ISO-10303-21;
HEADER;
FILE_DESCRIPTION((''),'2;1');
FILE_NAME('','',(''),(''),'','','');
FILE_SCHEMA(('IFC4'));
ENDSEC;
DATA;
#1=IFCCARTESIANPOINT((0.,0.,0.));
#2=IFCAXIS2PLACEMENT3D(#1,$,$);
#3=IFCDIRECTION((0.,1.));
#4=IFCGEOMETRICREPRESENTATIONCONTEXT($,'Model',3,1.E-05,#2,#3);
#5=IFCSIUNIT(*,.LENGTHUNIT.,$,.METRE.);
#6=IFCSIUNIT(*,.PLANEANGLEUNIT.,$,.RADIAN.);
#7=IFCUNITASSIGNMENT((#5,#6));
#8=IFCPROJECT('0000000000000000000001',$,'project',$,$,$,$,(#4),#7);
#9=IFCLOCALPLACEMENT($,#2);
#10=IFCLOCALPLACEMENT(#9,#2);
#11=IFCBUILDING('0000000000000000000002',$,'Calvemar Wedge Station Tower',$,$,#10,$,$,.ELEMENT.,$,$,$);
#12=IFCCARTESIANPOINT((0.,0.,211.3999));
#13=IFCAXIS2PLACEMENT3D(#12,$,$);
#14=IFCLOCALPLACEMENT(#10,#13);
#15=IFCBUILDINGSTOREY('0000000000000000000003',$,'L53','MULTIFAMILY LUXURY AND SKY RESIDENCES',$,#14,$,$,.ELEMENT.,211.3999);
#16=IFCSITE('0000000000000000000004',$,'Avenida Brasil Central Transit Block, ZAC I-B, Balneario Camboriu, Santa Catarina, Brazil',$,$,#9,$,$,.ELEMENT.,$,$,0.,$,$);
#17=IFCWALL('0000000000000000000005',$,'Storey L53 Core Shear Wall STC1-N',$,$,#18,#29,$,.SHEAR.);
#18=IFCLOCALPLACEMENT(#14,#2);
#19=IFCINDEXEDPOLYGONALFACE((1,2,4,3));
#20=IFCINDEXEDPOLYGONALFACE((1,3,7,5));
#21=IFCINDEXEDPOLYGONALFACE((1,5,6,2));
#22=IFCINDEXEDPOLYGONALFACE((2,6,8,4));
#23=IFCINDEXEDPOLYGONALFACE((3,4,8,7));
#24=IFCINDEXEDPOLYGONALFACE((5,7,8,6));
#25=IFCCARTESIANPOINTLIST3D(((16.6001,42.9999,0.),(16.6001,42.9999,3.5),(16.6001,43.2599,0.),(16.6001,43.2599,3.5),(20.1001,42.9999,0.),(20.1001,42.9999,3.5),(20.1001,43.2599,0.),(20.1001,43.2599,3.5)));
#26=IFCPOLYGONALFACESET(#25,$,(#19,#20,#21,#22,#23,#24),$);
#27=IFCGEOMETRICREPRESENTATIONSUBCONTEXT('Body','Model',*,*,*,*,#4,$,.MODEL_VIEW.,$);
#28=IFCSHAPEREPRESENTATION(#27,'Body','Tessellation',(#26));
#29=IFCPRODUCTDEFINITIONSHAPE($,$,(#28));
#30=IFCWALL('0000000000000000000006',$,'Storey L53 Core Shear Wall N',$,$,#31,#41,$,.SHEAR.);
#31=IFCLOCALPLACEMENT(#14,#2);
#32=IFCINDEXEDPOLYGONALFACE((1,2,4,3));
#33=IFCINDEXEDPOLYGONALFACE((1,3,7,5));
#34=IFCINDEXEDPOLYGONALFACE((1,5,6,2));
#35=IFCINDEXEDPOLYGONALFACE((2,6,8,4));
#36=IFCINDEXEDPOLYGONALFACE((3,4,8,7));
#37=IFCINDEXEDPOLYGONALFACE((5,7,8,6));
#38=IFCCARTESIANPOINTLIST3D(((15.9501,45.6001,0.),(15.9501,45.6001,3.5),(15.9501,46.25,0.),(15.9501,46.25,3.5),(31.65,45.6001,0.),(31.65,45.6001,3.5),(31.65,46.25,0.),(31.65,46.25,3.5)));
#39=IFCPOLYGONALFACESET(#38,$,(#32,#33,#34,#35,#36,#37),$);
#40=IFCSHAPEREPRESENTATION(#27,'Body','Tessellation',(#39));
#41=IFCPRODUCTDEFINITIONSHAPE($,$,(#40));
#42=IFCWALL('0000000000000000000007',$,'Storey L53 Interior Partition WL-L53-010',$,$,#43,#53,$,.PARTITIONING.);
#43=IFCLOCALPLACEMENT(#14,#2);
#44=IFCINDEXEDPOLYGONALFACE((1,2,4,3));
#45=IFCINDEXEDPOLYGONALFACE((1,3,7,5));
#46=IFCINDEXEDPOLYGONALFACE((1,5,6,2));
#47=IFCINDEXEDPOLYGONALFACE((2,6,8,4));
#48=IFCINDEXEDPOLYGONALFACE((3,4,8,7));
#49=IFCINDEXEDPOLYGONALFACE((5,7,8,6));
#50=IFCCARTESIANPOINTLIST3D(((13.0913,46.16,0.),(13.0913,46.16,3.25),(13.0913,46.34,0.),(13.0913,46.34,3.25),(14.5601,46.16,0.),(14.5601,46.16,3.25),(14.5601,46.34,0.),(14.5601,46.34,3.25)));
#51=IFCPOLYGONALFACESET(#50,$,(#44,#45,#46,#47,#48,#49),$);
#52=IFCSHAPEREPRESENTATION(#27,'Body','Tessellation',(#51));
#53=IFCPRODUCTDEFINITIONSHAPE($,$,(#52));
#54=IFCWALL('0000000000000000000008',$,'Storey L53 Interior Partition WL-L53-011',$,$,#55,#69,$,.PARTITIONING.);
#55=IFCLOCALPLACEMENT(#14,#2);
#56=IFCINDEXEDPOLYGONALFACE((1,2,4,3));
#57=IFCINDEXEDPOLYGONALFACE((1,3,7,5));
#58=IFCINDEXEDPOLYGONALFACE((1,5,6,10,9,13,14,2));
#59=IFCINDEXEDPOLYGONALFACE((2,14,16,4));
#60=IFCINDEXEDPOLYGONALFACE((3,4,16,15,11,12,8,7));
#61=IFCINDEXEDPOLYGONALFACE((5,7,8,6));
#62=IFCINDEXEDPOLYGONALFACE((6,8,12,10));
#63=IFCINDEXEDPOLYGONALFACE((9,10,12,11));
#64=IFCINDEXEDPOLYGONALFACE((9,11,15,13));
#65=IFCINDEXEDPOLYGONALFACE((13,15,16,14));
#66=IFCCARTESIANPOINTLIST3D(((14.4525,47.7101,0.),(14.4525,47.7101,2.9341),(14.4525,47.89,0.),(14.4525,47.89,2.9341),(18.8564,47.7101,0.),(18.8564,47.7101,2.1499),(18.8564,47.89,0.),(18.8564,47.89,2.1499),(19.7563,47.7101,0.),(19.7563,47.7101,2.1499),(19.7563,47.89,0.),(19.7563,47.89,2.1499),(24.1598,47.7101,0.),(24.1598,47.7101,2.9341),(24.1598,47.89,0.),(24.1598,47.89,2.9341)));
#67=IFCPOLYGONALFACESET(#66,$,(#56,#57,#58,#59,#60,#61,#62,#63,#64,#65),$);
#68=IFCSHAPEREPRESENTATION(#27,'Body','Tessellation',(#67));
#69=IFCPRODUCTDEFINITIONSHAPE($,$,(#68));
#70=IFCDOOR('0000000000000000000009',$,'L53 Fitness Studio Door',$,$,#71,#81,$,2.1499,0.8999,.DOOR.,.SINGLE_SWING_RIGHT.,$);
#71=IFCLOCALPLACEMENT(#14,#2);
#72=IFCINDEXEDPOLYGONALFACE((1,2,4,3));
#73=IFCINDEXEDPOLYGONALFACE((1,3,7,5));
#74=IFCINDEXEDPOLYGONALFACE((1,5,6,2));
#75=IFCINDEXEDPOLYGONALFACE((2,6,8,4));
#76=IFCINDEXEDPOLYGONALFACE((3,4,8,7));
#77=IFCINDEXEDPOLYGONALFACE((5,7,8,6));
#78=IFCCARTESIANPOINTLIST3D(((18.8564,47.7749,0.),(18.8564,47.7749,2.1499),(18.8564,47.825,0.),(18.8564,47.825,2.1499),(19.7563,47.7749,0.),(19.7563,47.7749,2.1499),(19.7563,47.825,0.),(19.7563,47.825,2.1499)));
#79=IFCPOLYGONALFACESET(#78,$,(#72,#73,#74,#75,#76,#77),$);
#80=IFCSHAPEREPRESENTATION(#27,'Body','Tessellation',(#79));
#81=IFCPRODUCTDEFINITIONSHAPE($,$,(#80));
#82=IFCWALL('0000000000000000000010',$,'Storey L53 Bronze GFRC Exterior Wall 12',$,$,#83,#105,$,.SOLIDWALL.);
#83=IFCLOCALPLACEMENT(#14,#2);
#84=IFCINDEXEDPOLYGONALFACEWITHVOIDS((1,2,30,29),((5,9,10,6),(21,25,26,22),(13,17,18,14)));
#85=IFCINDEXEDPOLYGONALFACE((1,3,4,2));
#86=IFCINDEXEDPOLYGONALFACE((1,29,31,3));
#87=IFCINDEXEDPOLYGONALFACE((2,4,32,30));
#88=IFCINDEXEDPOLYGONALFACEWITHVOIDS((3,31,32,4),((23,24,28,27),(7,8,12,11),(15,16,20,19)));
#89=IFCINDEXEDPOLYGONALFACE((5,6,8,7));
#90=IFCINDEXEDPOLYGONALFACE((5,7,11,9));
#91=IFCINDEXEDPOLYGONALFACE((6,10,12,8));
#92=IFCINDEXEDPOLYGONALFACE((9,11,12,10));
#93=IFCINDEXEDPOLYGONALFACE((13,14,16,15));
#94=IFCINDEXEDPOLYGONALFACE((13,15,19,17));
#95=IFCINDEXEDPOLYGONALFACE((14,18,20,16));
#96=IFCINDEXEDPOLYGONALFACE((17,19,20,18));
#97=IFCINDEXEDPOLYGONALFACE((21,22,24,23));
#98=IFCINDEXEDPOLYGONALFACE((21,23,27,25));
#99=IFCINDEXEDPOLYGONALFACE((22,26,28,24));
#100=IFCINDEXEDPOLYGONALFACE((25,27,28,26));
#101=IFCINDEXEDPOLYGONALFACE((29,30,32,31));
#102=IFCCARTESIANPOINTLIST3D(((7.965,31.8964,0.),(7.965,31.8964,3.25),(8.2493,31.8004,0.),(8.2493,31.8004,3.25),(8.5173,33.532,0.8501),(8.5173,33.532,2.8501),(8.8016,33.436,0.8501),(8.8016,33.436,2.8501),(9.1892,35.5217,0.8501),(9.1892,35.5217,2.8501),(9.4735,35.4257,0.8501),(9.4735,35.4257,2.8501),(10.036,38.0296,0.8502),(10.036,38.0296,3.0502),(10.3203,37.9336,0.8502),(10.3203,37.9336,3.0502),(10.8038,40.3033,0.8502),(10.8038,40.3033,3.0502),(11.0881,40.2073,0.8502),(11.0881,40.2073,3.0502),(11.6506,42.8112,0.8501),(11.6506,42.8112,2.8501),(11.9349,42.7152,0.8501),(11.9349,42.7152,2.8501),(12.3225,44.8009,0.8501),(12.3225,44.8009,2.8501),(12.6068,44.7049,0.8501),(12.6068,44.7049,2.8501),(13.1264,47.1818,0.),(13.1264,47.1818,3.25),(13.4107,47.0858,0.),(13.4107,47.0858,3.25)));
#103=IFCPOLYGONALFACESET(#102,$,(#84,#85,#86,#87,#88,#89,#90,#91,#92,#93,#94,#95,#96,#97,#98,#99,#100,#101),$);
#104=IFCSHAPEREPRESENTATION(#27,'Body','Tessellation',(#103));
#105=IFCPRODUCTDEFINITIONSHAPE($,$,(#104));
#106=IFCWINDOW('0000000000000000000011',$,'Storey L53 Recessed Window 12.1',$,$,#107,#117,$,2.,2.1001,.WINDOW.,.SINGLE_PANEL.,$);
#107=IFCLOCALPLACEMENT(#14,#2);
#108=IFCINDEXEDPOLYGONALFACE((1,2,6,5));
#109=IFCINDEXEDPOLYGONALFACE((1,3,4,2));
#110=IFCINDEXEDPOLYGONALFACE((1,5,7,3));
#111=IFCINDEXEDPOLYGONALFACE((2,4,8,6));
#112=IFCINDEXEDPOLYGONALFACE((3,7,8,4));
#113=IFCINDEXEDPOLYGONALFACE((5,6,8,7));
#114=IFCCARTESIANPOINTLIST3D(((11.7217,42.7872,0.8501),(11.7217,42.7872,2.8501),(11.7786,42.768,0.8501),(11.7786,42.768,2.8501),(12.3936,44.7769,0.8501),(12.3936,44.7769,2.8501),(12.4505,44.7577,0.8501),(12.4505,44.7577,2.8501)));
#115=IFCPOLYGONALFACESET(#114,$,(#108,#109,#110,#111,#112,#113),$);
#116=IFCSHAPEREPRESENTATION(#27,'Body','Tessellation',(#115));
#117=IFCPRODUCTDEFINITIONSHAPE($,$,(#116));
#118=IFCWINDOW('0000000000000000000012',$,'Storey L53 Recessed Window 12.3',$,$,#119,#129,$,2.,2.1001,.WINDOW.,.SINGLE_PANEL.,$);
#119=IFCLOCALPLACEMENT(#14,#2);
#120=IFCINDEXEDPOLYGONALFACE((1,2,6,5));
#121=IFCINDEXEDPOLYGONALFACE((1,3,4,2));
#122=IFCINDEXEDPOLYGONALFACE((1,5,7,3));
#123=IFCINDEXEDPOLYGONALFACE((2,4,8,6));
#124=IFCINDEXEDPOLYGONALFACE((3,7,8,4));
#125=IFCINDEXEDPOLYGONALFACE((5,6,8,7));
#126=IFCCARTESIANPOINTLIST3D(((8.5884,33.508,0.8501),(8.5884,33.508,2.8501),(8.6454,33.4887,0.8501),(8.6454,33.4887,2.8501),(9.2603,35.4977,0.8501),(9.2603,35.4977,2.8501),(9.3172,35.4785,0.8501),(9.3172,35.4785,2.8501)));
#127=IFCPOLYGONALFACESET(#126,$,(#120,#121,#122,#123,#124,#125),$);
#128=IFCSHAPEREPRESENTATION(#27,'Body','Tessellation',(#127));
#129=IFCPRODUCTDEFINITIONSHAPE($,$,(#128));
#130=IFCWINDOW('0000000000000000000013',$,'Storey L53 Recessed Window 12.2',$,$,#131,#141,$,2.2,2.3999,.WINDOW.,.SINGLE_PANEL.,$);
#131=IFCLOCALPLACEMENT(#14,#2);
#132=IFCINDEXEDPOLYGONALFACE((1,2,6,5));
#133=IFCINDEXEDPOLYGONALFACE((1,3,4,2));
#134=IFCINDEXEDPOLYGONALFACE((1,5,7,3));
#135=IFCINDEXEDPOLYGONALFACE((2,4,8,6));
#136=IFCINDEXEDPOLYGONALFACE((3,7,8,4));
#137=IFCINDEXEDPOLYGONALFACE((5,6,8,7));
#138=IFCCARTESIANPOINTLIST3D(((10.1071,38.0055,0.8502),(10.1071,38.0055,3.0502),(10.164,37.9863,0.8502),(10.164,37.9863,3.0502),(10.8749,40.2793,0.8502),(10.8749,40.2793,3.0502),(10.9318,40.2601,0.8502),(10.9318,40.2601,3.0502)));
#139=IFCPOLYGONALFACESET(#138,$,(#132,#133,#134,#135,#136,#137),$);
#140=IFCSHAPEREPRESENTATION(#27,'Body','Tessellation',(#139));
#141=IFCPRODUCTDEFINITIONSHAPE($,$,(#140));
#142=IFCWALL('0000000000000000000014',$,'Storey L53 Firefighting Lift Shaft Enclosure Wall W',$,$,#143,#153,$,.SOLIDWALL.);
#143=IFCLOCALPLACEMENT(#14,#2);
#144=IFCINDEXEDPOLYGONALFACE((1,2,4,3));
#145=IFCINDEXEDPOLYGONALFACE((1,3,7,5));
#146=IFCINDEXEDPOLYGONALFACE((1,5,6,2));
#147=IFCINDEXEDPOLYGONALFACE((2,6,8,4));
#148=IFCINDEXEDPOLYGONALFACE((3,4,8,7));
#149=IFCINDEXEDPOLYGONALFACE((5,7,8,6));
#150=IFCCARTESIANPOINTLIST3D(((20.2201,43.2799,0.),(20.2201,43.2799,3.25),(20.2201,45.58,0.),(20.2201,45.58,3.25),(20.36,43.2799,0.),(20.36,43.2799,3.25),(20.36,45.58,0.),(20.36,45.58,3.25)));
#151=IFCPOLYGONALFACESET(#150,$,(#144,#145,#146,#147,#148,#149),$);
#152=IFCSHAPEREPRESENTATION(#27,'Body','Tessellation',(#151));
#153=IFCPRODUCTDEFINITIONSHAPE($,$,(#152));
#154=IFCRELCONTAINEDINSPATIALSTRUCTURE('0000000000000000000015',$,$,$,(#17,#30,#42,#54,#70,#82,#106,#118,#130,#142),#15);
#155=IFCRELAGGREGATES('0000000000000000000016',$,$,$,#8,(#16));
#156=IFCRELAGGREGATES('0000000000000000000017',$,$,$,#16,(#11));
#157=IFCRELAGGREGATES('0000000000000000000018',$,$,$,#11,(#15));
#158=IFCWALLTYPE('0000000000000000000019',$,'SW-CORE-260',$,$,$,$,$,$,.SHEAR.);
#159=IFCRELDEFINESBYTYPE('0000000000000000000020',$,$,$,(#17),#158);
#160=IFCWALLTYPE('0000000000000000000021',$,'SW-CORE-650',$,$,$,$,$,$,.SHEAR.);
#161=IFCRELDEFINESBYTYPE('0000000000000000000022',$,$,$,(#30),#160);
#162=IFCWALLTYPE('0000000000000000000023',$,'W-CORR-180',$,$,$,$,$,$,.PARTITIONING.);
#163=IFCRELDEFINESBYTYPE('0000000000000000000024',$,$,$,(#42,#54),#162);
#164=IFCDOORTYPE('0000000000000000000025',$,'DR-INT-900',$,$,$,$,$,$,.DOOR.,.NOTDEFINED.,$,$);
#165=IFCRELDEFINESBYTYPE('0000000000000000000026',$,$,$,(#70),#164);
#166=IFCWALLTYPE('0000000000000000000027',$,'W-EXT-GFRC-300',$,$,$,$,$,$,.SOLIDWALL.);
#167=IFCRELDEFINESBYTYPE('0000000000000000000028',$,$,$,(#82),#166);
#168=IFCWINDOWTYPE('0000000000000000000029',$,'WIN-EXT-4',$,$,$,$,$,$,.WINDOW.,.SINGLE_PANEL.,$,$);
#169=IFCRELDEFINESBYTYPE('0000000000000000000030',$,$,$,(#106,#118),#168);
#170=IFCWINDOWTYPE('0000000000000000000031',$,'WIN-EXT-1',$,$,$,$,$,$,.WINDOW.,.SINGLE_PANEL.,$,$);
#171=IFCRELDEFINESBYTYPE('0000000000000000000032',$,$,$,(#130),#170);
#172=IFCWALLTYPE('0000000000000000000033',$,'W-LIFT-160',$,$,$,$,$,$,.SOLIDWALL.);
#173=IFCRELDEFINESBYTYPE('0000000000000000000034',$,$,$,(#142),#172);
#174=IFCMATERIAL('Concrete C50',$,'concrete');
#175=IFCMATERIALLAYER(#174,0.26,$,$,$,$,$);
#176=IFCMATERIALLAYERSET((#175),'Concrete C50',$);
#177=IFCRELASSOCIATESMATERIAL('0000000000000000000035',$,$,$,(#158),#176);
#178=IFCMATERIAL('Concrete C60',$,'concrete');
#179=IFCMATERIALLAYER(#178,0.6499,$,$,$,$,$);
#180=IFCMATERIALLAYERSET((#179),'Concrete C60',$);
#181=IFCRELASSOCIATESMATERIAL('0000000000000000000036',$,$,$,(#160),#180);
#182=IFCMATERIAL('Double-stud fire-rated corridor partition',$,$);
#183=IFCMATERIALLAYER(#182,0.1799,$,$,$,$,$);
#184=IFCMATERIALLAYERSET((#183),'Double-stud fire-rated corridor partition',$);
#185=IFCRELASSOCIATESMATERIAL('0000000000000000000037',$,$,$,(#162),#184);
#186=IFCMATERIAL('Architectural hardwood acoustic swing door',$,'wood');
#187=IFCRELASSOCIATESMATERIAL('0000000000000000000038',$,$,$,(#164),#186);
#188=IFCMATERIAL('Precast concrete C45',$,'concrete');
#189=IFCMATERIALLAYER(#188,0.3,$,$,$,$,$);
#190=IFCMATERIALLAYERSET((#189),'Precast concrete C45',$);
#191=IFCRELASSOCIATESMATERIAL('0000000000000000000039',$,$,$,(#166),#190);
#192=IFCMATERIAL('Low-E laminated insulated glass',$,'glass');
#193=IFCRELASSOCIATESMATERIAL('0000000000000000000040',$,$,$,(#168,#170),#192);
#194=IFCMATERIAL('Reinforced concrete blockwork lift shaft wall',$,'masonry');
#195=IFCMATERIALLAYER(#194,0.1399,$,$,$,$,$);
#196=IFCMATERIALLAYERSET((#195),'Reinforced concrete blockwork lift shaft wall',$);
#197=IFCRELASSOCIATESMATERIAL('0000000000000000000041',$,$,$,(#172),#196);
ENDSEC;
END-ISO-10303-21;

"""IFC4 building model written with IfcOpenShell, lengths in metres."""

from ifc_helpers import new_model, si_unit, direction, frame, frame_2d, origin, place, context, subcontext, project, spatial, rectangle, extrude, source, transform, mapped, material, layer, layer_set, type_object, element, fill, save


model = new_model("IFC4")

# Units and contexts
model_context = context("Model", 3, precision=1e-05, world=origin(), true_north=direction((0.0, 1.0)))
body_context = subcontext(model_context, "Body", "Model", "MODEL_VIEW")
ifc_project = project(units=[si_unit("LENGTHUNIT", "METRE"), si_unit("PLANEANGLEUNIT", "RADIAN")], contexts=[model_context])

# Site, building, storey
site_placement = place(None, origin())
site = spatial("IfcSite", under=ifc_project, at=site_placement, Name="Avenida Brasil Central Transit Block, ZAC I-B, Balneario Camboriu, Santa Catarina, Brazil", CompositionType="ELEMENT", RefElevation=0.0)
building_placement = place(site_placement, origin())
building = spatial("IfcBuilding", under=site, at=building_placement, Name="Calvemar Wedge Station Tower", CompositionType="ELEMENT")
storey_placement = place(building_placement, frame((0.0, 0.0, 211.3999)))
storey = spatial("IfcBuildingStorey", under=building, at=storey_placement, Name="L53", Description="MULTIFAMILY LUXURY AND SKY RESIDENCES", CompositionType="ELEMENT", Elevation=211.3999)

# Walls
ifc_material_1 = material(Name="Concrete C50", Category="concrete")
ifc_layer_1 = layer(ifc_material_1, 0.26)
ifc_layer_set_1 = layer_set([ifc_layer_1], Name="Concrete C50")
wall_type_1 = type_object("IfcWallType", Name="SW-CORE-260", PredefinedType="SHEAR", material=ifc_layer_set_1)
wall_1_placement = place(storey_placement, frame((16.6001, 43.1299, 0.0), z_axis=(0.0, 0.0, 1.0), x_axis=(1.0, 0.0, 0.0)))
element("IfcWall", 1, at=wall_1_placement, inside=storey, type_object=wall_type_1, Name="Storey L53 Core Shear Wall STC1-N", PredefinedType="SHEAR", context=body_context, shape_type="SweptSolid", body=[
    extrude(rectangle(XDim=3.5, YDim=0.26, at=frame_2d((1.75, 0.0))), origin(), (0.0, 0.0, 1.0), 3.5),
])
ifc_material_2 = material(Name="Concrete C60", Category="concrete")
ifc_layer_2 = layer(ifc_material_2, 0.6499)
ifc_layer_set_2 = layer_set([ifc_layer_2], Name="Concrete C60")
wall_type_2 = type_object("IfcWallType", Name="SW-CORE-650", PredefinedType="SHEAR", material=ifc_layer_set_2)
wall_2_placement = place(storey_placement, frame((15.95, 45.925, 0.0), z_axis=(0.0, 0.0, 1.0), x_axis=(1.0, 0.0, 0.0)))
element("IfcWall", 2, at=wall_2_placement, inside=storey, type_object=wall_type_2, Name="Storey L53 Core Shear Wall N", PredefinedType="SHEAR", context=body_context, shape_type="SweptSolid", body=[
    extrude(rectangle(XDim=15.7, YDim=0.6499, at=frame_2d((7.8501, 0.0))), origin(), (0.0, 0.0, 1.0), 3.5),
])
ifc_material_3 = material(Name="Double-stud fire-rated corridor partition")
ifc_layer_3 = layer(ifc_material_3, 0.1799)
ifc_layer_set_3 = layer_set([ifc_layer_3], Name="Double-stud fire-rated corridor partition")
wall_type_3 = type_object("IfcWallType", Name="W-CORR-180", PredefinedType="PARTITIONING", material=ifc_layer_set_3)
wall_3_placement = place(storey_placement, frame((14.5601, 46.25, 0.0), z_axis=(0.0, 0.0, 1.0), x_axis=(-1.0, 0.0, 0.0)))
element("IfcWall", 3, at=wall_3_placement, inside=storey, type_object=wall_type_3, Name="Storey L53 Interior Partition WL-L53-010", PredefinedType="PARTITIONING", context=body_context, shape_type="SweptSolid", body=[
    extrude(rectangle(XDim=1.4688, YDim=0.1799, at=frame_2d((0.7344, 0.0))), origin(), (0.0, 0.0, 1.0), 3.25),
])

# Wall, opening, door
wall_4_placement = place(storey_placement, frame((14.4526, 47.8, 0.0), z_axis=(0.0, 0.0, 1.0), x_axis=(1.0, 0.0, 0.0)))
wall_4 = element("IfcWall", 4, at=wall_4_placement, inside=storey, type_object=wall_type_3, Name="Storey L53 Interior Partition WL-L53-011", PredefinedType="PARTITIONING", context=body_context, shape_type="SweptSolid", body=[
    extrude(rectangle(XDim=9.7073, YDim=0.1799, at=frame_2d((4.8535, 0.0))), origin(), (0.0, 0.0, 1.0), 2.9341),
])
shared_shape_1 = source(origin(), body_context, "Body", "SweptSolid", [
    extrude(rectangle(XDim=0.8999, YDim=2.1499, at=frame_2d((0.45, 1.075))), frame((0.0, 0.1001, 0.0), z_axis=(0.0, -1.0, 0.0), x_axis=(1.0, 0.0, 0.0)), (0.0, 0.0, 1.0), 0.2),
])
opening_1_placement = place(wall_4_placement, frame((4.4038, 0.0, 0.0)))
opening_1 = element("IfcOpeningElement", 5, at=opening_1_placement, cuts=wall_4, PredefinedType="OPENING", context=body_context, shape_type="MappedRepresentation", body=[
    mapped(shared_shape_1, transform((0.0, 0.0, 0.0), scale=1.0)),
])
ifc_material_4 = material(Name="Architectural hardwood acoustic swing door", Category="wood")
door_type_1 = type_object("IfcDoorType", Name="DR-INT-900", OperationType="NOTDEFINED", PredefinedType="DOOR", material=ifc_material_4)
shared_shape_2 = source(origin(), body_context, "Body", "SweptSolid", [
    extrude(rectangle(XDim=0.8999, YDim=2.1499, at=frame_2d((0.45, 1.075))), frame((0.0, 0.0249, 0.0), z_axis=(0.0, -1.0, 0.0), x_axis=(1.0, 0.0, 0.0)), (0.0, 0.0, 1.0), 0.05),
])
door_1_placement = place(opening_1_placement, origin())
door_1 = element("IfcDoor", 6, at=door_1_placement, inside=storey, type_object=door_type_1, Name="L53 Fitness Studio Door", OperationType="SINGLE_SWING_RIGHT", OverallHeight=2.1499, OverallWidth=0.8999, PredefinedType="DOOR", context=body_context, shape_type="MappedRepresentation", body=[
    mapped(shared_shape_2, transform((0.0, 0.0, 0.0), scale=1.0)),
])
fill(opening_1, door_1)

# Wall, openings, windows
ifc_material_5 = material(Name="Precast concrete C45", Category="concrete")
ifc_layer_4 = layer(ifc_material_5, 0.3)
ifc_layer_set_4 = layer_set([ifc_layer_4], Name="Precast concrete C45")
wall_type_4 = type_object("IfcWallType", Name="W-EXT-GFRC-300", PredefinedType="SOLIDWALL", material=ifc_layer_set_4)
wall_5_placement = place(storey_placement, frame((13.2686, 47.1338, 0.0), z_axis=(0.0, 0.0, 1.0), x_axis=(-0.319921, -0.947444, 0.0)))
wall_5 = element("IfcWall", 7, at=wall_5_placement, inside=storey, type_object=wall_type_4, Name="Storey L53 Bronze GFRC Exterior Wall 12", PredefinedType="SOLIDWALL", context=body_context, shape_type="SweptSolid", body=[
    extrude(rectangle(XDim=16.1333, YDim=0.3, at=frame_2d((8.0667, 0.0))), origin(), (0.0, 0.0, 1.0), 3.25),
])
shared_shape_3 = source(origin(), body_context, "Body", "SweptSolid", [
    extrude(rectangle(XDim=2.1001, YDim=2.0, at=frame_2d((1.05, 1.0))), frame((0.0, 0.1602, 0.0), z_axis=(0.0, -1.0, 0.0), x_axis=(1.0, 0.0, 0.0)), (0.0, 0.0, 1.0), 0.3201),
])
opening_2_placement = place(wall_5_placement, frame((2.5129, 0.0, 0.8501)))
opening_2 = element("IfcOpeningElement", 8, at=opening_2_placement, cuts=wall_5, PredefinedType="OPENING", context=body_context, shape_type="MappedRepresentation", body=[
    mapped(shared_shape_3, transform((0.0, 0.0, 0.0), scale=1.0)),
])
shared_shape_4 = source(origin(), body_context, "Body", "SweptSolid", [
    extrude(rectangle(XDim=2.3999, YDim=2.2, at=frame_2d((1.2, 1.1001))), frame((0.0, 0.1602, 0.0), z_axis=(0.0, -1.0, 0.0), x_axis=(1.0, 0.0, 0.0)), (0.0, 0.0, 1.0), 0.3201),
])
opening_3_placement = place(wall_5_placement, frame((7.26, 0.0, 0.8501)))
opening_3 = element("IfcOpeningElement", 9, at=opening_3_placement, cuts=wall_5, PredefinedType="OPENING", context=body_context, shape_type="MappedRepresentation", body=[
    mapped(shared_shape_4, transform((0.0, 0.0, 0.0), scale=1.0)),
])
opening_4_placement = place(wall_5_placement, frame((12.3069, 0.0, 0.8501)))
opening_4 = element("IfcOpeningElement", 10, at=opening_4_placement, cuts=wall_5, PredefinedType="OPENING", context=body_context, shape_type="MappedRepresentation", body=[
    mapped(shared_shape_3, transform((0.0, 0.0, 0.0), scale=1.0)),
])
ifc_material_6 = material(Name="Low-E laminated insulated glass", Category="glass")
window_type_1 = type_object("IfcWindowType", Name="WIN-EXT-4", PartitioningType="SINGLE_PANEL", PredefinedType="WINDOW", material=ifc_material_6)
shared_shape_5 = source(origin(), body_context, "Body", "SweptSolid", [
    extrude(rectangle(XDim=2.1001, YDim=2.0, at=frame_2d((1.05, 1.0))), frame((0.0, -0.0149, 0.0), z_axis=(0.0, -1.0, 0.0), x_axis=(1.0, 0.0, 0.0)), (0.0, 0.0, 1.0), 0.0601),
])
window_1_placement = place(opening_2_placement, origin())
window_1 = element("IfcWindow", 11, at=window_1_placement, inside=storey, type_object=window_type_1, Name="Storey L53 Recessed Window 12.1", OverallHeight=2.0, OverallWidth=2.1001, PartitioningType="SINGLE_PANEL", PredefinedType="WINDOW", context=body_context, shape_type="MappedRepresentation", body=[
    mapped(shared_shape_5, transform((0.0, 0.0, 0.0), scale=1.0)),
])
fill(opening_2, window_1)
window_2_placement = place(opening_4_placement, origin())
window_2 = element("IfcWindow", 12, at=window_2_placement, inside=storey, type_object=window_type_1, Name="Storey L53 Recessed Window 12.3", OverallHeight=2.0, OverallWidth=2.1001, PartitioningType="SINGLE_PANEL", PredefinedType="WINDOW", context=body_context, shape_type="MappedRepresentation", body=[
    mapped(shared_shape_5, transform((0.0, 0.0, 0.0), scale=1.0)),
])
fill(opening_4, window_2)
window_type_2 = type_object("IfcWindowType", Name="WIN-EXT-1", PartitioningType="SINGLE_PANEL", PredefinedType="WINDOW", material=ifc_material_6)
shared_shape_6 = source(origin(), body_context, "Body", "SweptSolid", [
    extrude(rectangle(XDim=2.3999, YDim=2.2, at=frame_2d((1.2, 1.1001))), frame((0.0, -0.0149, 0.0), z_axis=(0.0, -1.0, 0.0), x_axis=(1.0, 0.0, 0.0)), (0.0, 0.0, 1.0), 0.0601),
])
window_3_placement = place(opening_3_placement, origin())
window_3 = element("IfcWindow", 13, at=window_3_placement, inside=storey, type_object=window_type_2, Name="Storey L53 Recessed Window 12.2", OverallHeight=2.2, OverallWidth=2.3999, PartitioningType="SINGLE_PANEL", PredefinedType="WINDOW", context=body_context, shape_type="MappedRepresentation", body=[
    mapped(shared_shape_6, transform((0.0, 0.0, 0.0), scale=1.0)),
])
fill(opening_3, window_3)

# Shared definitions
ifc_material_7 = material(Name="Reinforced concrete blockwork lift shaft wall", Category="masonry")
ifc_layer_5 = layer(ifc_material_7, 0.1399)
ifc_layer_set_5 = layer_set([ifc_layer_5], Name="Reinforced concrete blockwork lift shaft wall")
wall_type_5 = type_object("IfcWallType", Name="W-LIFT-160", PredefinedType="SOLIDWALL", material=ifc_layer_set_5)

# Wall
wall_6_placement = place(storey_placement, frame((20.29, 43.28, 0.0), z_axis=(0.0, 0.0, 1.0), x_axis=(0.0, 1.0, 0.0)))
element("IfcWall", 14, at=wall_6_placement, inside=storey, type_object=wall_type_5, Name="Storey L53 Firefighting Lift Shaft Enclosure Wall W", PredefinedType="SOLIDWALL", context=body_context, shape_type="SweptSolid", body=[
    extrude(rectangle(XDim=2.3, YDim=0.1399, at=frame_2d((1.1499, 0.0))), origin(), (0.0, 0.0, 1.0), 3.25),
])

save(model, "model.ifc")
